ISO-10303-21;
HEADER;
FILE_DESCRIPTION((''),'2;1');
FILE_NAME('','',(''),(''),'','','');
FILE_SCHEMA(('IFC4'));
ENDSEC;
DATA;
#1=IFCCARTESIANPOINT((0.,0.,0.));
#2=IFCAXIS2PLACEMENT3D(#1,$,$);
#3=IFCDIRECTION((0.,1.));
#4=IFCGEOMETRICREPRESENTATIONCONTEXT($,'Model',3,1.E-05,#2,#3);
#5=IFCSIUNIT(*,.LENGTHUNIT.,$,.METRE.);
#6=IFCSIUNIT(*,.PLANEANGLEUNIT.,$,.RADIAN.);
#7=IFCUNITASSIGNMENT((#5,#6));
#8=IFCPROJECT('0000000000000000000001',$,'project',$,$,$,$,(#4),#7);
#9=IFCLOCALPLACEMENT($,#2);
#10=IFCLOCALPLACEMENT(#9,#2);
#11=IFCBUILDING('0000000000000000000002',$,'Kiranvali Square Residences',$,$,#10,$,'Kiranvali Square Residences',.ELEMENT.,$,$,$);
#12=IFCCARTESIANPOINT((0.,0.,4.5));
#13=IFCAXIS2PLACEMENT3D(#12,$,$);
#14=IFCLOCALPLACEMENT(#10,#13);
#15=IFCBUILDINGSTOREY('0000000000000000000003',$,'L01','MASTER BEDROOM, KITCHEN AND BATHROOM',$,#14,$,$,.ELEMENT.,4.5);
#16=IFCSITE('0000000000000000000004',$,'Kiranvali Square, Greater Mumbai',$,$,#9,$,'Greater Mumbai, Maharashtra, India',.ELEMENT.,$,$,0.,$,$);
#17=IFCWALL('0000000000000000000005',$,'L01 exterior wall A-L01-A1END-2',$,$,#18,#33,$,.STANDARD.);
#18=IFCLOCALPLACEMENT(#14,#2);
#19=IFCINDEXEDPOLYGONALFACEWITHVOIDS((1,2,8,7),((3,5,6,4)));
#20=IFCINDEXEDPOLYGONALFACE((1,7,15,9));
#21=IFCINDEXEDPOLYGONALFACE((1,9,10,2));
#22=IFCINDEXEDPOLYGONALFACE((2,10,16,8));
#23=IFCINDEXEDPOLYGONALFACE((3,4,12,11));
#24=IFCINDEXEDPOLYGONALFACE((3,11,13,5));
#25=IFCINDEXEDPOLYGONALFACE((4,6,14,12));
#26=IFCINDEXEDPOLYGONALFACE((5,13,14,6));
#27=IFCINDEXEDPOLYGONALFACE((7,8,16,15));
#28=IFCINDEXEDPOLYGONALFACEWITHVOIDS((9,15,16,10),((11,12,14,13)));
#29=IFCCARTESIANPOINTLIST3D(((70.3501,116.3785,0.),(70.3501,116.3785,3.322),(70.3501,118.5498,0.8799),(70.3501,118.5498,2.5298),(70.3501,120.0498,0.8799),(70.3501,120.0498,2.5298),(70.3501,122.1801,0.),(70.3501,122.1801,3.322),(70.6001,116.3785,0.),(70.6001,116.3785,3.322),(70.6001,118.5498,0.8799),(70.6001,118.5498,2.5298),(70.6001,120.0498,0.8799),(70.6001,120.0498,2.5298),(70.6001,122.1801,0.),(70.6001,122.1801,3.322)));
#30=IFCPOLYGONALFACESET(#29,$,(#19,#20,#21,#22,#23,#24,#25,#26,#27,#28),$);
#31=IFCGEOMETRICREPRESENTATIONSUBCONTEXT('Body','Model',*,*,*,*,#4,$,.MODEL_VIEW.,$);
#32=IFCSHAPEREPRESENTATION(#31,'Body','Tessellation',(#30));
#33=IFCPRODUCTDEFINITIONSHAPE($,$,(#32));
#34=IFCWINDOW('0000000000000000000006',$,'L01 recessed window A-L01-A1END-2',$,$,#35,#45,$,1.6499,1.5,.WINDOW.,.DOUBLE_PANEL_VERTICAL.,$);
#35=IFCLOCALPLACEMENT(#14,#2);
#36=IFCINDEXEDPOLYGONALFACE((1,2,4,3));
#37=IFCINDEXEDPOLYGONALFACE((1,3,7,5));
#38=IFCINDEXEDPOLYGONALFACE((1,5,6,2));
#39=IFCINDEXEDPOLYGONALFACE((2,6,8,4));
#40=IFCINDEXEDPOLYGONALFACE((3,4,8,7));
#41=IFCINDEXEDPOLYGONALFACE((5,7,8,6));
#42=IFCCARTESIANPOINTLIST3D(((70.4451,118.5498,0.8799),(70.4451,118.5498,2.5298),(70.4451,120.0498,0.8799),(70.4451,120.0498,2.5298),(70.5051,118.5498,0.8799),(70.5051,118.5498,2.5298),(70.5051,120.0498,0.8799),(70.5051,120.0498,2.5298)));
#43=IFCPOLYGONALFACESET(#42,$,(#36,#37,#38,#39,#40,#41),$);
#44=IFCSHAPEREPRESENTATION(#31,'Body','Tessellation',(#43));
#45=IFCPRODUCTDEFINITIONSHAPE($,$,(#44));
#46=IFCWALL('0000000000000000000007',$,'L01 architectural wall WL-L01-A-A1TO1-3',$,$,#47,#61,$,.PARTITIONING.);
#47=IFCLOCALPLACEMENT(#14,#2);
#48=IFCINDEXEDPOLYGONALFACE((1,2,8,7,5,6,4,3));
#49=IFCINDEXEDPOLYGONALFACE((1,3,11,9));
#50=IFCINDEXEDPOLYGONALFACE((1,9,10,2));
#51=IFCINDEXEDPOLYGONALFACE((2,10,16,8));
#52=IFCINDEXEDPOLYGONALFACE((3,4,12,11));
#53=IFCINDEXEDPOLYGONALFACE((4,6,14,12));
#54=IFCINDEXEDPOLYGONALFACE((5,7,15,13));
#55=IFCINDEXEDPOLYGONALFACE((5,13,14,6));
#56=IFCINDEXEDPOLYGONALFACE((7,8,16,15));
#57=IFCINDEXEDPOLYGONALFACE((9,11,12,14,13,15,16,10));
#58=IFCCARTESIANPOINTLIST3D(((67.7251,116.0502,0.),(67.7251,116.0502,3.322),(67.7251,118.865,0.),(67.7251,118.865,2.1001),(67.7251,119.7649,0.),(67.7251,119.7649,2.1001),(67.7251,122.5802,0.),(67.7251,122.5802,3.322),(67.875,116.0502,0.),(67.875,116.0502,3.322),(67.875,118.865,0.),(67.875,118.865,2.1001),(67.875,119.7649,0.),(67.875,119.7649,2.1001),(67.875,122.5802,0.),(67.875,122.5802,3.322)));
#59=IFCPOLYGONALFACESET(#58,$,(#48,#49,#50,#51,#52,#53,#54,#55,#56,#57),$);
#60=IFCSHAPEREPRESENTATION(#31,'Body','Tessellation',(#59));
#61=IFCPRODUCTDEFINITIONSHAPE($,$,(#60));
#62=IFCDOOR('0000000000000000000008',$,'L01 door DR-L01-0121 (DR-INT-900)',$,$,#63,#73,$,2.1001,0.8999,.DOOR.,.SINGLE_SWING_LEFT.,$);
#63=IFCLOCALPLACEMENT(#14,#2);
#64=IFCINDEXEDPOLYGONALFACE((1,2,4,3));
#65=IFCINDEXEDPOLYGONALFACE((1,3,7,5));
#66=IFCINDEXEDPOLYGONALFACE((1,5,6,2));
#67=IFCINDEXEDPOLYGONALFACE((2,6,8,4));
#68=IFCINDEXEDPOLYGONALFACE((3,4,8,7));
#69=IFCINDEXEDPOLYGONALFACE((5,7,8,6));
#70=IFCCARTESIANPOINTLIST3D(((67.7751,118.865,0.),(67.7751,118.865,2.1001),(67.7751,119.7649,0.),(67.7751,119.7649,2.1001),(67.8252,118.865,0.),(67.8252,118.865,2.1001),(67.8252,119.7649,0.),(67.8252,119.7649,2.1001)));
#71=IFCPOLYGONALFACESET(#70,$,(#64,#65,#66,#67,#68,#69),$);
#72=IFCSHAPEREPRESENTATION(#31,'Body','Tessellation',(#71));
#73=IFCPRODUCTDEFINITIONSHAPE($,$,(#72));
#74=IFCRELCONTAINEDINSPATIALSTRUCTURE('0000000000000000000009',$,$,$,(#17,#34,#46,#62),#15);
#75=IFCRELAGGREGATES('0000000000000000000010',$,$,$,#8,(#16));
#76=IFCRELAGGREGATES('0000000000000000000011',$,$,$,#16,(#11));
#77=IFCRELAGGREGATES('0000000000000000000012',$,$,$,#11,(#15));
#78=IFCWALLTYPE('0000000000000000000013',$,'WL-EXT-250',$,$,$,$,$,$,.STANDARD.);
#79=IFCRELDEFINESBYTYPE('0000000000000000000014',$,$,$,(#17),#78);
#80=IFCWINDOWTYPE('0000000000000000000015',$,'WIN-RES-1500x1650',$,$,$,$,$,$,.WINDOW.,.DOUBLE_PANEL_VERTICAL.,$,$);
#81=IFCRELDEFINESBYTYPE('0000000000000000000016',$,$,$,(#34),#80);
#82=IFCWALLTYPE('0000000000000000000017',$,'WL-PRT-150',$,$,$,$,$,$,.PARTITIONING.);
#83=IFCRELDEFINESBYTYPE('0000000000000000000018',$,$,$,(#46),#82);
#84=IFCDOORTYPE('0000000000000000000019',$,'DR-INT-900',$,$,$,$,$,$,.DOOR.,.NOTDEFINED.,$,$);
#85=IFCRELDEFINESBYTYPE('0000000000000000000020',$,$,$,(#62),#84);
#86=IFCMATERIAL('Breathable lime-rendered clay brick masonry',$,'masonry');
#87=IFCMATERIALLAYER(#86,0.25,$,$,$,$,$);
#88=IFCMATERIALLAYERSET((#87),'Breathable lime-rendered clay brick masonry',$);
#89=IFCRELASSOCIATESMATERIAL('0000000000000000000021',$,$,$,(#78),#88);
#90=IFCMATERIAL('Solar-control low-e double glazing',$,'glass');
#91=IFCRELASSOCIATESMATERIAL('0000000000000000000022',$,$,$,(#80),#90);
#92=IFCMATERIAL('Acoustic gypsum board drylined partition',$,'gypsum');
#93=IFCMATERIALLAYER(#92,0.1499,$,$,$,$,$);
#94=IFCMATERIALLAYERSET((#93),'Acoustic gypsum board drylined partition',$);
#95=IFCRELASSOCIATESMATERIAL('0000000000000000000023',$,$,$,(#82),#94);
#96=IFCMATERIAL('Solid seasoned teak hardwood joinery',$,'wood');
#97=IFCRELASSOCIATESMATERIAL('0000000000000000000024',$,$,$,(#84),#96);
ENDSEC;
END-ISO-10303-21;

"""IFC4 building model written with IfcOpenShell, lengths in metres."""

from ifc_helpers import new_model, si_unit, direction, frame, frame_2d, origin, place, context, subcontext, project, spatial, rectangle, extrude, material, layer, layer_set, type_object, element, fill, save


model = new_model("IFC4")

# Units and contexts
model_context = context("Model", 3, precision=1e-05, world=origin(), true_north=direction((0.0, 1.0)))
body_context = subcontext(model_context, "Body", "Model", "MODEL_VIEW")
ifc_project = project(units=[si_unit("LENGTHUNIT", "METRE"), si_unit("PLANEANGLEUNIT", "RADIAN")], contexts=[model_context])

# Site, building, storey
site_placement = place(None, origin())
site = spatial("IfcSite", under=ifc_project, at=site_placement, Name="Kiranvali Square, Greater Mumbai", LongName="Greater Mumbai, Maharashtra, India", CompositionType="ELEMENT", RefElevation=0.0)
building_placement = place(site_placement, origin())
building = spatial("IfcBuilding", under=site, at=building_placement, Name="Kiranvali Square Residences", LongName="Kiranvali Square Residences", CompositionType="ELEMENT")
storey_placement = place(building_placement, frame((0.0, 0.0, 4.5)))
storey = spatial("IfcBuildingStorey", under=building, at=storey_placement, Name="L01", Description="MASTER BEDROOM, KITCHEN AND BATHROOM", CompositionType="ELEMENT", Elevation=4.5)

# Wall, opening, window
ifc_material_1 = material(Name="Breathable lime-rendered clay brick masonry", Category="masonry")
ifc_layer_1 = layer(ifc_material_1, 0.25)
ifc_layer_set_1 = layer_set([ifc_layer_1], Name="Breathable lime-rendered clay brick masonry")
wall_type_1 = type_object("IfcWallType", Name="WL-EXT-250", PredefinedType="STANDARD", material=ifc_layer_set_1)
ifc_material_2 = material(Name="Solar-control low-e double glazing", Category="glass")
wall_1_placement = place(storey_placement, frame((70.4751, 116.3784, 0.0), z_axis=(0.0, 0.0, 1.0), x_axis=(0.0, 1.0, 0.0)))
wall_1 = element("IfcWall", 1, at=wall_1_placement, inside=storey, type_object=wall_type_1, Name="L01 exterior wall A-L01-A1END-2", PredefinedType="STANDARD", context=body_context, shape_type="SweptSolid", body=[
    extrude(rectangle(XDim=5.8015, YDim=0.25, at=frame_2d((2.9009, 0.0))), origin(), (0.0, 0.0, 1.0), 3.322),
])
opening_1_placement = place(wall_1_placement, frame((2.1714, 0.0, 0.8799)))
opening_1 = element("IfcOpeningElement", 2, at=opening_1_placement, cuts=wall_1, PredefinedType="OPENING", context=body_context, shape_type="SweptSolid", body=[
    extrude(rectangle(XDim=1.5, YDim=1.6499, at=frame_2d((0.75, 0.825))), frame((0.0, 0.135, 0.0), z_axis=(0.0, -1.0, 0.0), x_axis=(1.0, 0.0, 0.0)), (0.0, 0.0, 1.0), 0.27),
])
window_type_1 = type_object("IfcWindowType", Name="WIN-RES-1500x1650", PartitioningType="DOUBLE_PANEL_VERTICAL", PredefinedType="WINDOW", material=ifc_material_2)
window_1_placement = place(opening_1_placement, origin())
window_1 = element("IfcWindow", 3, at=window_1_placement, inside=storey, type_object=window_type_1, Name="L01 recessed window A-L01-A1END-2", OverallHeight=1.6499, OverallWidth=1.5, PartitioningType="DOUBLE_PANEL_VERTICAL", PredefinedType="WINDOW", context=body_context, shape_type="SweptSolid", body=[
    extrude(rectangle(XDim=1.5, YDim=1.6499, at=frame_2d((0.75, 0.825))), frame((0.0, 0.03, 0.0), z_axis=(0.0, -1.0, 0.0), x_axis=(1.0, 0.0, 0.0)), (0.0, 0.0, 1.0), 0.0601),
])
fill(opening_1, window_1)

# Wall, opening, door
ifc_material_3 = material(Name="Acoustic gypsum board drylined partition", Category="gypsum")
ifc_layer_2 = layer(ifc_material_3, 0.1499)
ifc_layer_set_2 = layer_set([ifc_layer_2], Name="Acoustic gypsum board drylined partition")
wall_type_2 = type_object("IfcWallType", Name="WL-PRT-150", PredefinedType="PARTITIONING", material=ifc_layer_set_2)
wall_2_placement = place(storey_placement, frame((67.8, 116.05, 0.0), z_axis=(0.0, 0.0, 1.0), x_axis=(0.0, 1.0, 0.0)))
wall_2 = element("IfcWall", 4, at=wall_2_placement, inside=storey, type_object=wall_type_2, Name="L01 architectural wall WL-L01-A-A1TO1-3", PredefinedType="PARTITIONING", context=body_context, shape_type="SweptSolid", body=[
    extrude(rectangle(XDim=6.53, YDim=0.1499, at=frame_2d((3.2651, 0.0))), origin(), (0.0, 0.0, 1.0), 3.322),
])
opening_2_placement = place(wall_2_placement, frame((2.8149, 0.0, 0.0)))
opening_2 = element("IfcOpeningElement", 5, at=opening_2_placement, cuts=wall_2, PredefinedType="OPENING", context=body_context, shape_type="SweptSolid", body=[
    extrude(rectangle(XDim=0.8999, YDim=2.1001, at=frame_2d((0.45, 1.05))), frame((0.0, 0.085, 0.0), z_axis=(0.0, -1.0, 0.0), x_axis=(1.0, 0.0, 0.0)), (0.0, 0.0, 1.0), 0.1699),
])
ifc_material_4 = material(Name="Solid seasoned teak hardwood joinery", Category="wood")
door_type_1 = type_object("IfcDoorType", Name="DR-INT-900", OperationType="NOTDEFINED", PredefinedType="DOOR", material=ifc_material_4)
door_1_placement = place(opening_2_placement, origin())
door_1 = element("IfcDoor", 6, at=door_1_placement, inside=storey, type_object=door_type_1, Name="L01 door DR-L01-0121 (DR-INT-900)", OperationType="SINGLE_SWING_LEFT", OverallHeight=2.1001, OverallWidth=0.8999, PredefinedType="DOOR", context=body_context, shape_type="SweptSolid", body=[
    extrude(rectangle(XDim=0.8999, YDim=2.1001, at=frame_2d((0.45, 1.05))), frame((0.0, 0.0249, 0.0), z_axis=(0.0, -1.0, 0.0), x_axis=(1.0, 0.0, 0.0)), (0.0, 0.0, 1.0), 0.05),
])
fill(opening_2, door_1)

save(model, "model.ifc")
